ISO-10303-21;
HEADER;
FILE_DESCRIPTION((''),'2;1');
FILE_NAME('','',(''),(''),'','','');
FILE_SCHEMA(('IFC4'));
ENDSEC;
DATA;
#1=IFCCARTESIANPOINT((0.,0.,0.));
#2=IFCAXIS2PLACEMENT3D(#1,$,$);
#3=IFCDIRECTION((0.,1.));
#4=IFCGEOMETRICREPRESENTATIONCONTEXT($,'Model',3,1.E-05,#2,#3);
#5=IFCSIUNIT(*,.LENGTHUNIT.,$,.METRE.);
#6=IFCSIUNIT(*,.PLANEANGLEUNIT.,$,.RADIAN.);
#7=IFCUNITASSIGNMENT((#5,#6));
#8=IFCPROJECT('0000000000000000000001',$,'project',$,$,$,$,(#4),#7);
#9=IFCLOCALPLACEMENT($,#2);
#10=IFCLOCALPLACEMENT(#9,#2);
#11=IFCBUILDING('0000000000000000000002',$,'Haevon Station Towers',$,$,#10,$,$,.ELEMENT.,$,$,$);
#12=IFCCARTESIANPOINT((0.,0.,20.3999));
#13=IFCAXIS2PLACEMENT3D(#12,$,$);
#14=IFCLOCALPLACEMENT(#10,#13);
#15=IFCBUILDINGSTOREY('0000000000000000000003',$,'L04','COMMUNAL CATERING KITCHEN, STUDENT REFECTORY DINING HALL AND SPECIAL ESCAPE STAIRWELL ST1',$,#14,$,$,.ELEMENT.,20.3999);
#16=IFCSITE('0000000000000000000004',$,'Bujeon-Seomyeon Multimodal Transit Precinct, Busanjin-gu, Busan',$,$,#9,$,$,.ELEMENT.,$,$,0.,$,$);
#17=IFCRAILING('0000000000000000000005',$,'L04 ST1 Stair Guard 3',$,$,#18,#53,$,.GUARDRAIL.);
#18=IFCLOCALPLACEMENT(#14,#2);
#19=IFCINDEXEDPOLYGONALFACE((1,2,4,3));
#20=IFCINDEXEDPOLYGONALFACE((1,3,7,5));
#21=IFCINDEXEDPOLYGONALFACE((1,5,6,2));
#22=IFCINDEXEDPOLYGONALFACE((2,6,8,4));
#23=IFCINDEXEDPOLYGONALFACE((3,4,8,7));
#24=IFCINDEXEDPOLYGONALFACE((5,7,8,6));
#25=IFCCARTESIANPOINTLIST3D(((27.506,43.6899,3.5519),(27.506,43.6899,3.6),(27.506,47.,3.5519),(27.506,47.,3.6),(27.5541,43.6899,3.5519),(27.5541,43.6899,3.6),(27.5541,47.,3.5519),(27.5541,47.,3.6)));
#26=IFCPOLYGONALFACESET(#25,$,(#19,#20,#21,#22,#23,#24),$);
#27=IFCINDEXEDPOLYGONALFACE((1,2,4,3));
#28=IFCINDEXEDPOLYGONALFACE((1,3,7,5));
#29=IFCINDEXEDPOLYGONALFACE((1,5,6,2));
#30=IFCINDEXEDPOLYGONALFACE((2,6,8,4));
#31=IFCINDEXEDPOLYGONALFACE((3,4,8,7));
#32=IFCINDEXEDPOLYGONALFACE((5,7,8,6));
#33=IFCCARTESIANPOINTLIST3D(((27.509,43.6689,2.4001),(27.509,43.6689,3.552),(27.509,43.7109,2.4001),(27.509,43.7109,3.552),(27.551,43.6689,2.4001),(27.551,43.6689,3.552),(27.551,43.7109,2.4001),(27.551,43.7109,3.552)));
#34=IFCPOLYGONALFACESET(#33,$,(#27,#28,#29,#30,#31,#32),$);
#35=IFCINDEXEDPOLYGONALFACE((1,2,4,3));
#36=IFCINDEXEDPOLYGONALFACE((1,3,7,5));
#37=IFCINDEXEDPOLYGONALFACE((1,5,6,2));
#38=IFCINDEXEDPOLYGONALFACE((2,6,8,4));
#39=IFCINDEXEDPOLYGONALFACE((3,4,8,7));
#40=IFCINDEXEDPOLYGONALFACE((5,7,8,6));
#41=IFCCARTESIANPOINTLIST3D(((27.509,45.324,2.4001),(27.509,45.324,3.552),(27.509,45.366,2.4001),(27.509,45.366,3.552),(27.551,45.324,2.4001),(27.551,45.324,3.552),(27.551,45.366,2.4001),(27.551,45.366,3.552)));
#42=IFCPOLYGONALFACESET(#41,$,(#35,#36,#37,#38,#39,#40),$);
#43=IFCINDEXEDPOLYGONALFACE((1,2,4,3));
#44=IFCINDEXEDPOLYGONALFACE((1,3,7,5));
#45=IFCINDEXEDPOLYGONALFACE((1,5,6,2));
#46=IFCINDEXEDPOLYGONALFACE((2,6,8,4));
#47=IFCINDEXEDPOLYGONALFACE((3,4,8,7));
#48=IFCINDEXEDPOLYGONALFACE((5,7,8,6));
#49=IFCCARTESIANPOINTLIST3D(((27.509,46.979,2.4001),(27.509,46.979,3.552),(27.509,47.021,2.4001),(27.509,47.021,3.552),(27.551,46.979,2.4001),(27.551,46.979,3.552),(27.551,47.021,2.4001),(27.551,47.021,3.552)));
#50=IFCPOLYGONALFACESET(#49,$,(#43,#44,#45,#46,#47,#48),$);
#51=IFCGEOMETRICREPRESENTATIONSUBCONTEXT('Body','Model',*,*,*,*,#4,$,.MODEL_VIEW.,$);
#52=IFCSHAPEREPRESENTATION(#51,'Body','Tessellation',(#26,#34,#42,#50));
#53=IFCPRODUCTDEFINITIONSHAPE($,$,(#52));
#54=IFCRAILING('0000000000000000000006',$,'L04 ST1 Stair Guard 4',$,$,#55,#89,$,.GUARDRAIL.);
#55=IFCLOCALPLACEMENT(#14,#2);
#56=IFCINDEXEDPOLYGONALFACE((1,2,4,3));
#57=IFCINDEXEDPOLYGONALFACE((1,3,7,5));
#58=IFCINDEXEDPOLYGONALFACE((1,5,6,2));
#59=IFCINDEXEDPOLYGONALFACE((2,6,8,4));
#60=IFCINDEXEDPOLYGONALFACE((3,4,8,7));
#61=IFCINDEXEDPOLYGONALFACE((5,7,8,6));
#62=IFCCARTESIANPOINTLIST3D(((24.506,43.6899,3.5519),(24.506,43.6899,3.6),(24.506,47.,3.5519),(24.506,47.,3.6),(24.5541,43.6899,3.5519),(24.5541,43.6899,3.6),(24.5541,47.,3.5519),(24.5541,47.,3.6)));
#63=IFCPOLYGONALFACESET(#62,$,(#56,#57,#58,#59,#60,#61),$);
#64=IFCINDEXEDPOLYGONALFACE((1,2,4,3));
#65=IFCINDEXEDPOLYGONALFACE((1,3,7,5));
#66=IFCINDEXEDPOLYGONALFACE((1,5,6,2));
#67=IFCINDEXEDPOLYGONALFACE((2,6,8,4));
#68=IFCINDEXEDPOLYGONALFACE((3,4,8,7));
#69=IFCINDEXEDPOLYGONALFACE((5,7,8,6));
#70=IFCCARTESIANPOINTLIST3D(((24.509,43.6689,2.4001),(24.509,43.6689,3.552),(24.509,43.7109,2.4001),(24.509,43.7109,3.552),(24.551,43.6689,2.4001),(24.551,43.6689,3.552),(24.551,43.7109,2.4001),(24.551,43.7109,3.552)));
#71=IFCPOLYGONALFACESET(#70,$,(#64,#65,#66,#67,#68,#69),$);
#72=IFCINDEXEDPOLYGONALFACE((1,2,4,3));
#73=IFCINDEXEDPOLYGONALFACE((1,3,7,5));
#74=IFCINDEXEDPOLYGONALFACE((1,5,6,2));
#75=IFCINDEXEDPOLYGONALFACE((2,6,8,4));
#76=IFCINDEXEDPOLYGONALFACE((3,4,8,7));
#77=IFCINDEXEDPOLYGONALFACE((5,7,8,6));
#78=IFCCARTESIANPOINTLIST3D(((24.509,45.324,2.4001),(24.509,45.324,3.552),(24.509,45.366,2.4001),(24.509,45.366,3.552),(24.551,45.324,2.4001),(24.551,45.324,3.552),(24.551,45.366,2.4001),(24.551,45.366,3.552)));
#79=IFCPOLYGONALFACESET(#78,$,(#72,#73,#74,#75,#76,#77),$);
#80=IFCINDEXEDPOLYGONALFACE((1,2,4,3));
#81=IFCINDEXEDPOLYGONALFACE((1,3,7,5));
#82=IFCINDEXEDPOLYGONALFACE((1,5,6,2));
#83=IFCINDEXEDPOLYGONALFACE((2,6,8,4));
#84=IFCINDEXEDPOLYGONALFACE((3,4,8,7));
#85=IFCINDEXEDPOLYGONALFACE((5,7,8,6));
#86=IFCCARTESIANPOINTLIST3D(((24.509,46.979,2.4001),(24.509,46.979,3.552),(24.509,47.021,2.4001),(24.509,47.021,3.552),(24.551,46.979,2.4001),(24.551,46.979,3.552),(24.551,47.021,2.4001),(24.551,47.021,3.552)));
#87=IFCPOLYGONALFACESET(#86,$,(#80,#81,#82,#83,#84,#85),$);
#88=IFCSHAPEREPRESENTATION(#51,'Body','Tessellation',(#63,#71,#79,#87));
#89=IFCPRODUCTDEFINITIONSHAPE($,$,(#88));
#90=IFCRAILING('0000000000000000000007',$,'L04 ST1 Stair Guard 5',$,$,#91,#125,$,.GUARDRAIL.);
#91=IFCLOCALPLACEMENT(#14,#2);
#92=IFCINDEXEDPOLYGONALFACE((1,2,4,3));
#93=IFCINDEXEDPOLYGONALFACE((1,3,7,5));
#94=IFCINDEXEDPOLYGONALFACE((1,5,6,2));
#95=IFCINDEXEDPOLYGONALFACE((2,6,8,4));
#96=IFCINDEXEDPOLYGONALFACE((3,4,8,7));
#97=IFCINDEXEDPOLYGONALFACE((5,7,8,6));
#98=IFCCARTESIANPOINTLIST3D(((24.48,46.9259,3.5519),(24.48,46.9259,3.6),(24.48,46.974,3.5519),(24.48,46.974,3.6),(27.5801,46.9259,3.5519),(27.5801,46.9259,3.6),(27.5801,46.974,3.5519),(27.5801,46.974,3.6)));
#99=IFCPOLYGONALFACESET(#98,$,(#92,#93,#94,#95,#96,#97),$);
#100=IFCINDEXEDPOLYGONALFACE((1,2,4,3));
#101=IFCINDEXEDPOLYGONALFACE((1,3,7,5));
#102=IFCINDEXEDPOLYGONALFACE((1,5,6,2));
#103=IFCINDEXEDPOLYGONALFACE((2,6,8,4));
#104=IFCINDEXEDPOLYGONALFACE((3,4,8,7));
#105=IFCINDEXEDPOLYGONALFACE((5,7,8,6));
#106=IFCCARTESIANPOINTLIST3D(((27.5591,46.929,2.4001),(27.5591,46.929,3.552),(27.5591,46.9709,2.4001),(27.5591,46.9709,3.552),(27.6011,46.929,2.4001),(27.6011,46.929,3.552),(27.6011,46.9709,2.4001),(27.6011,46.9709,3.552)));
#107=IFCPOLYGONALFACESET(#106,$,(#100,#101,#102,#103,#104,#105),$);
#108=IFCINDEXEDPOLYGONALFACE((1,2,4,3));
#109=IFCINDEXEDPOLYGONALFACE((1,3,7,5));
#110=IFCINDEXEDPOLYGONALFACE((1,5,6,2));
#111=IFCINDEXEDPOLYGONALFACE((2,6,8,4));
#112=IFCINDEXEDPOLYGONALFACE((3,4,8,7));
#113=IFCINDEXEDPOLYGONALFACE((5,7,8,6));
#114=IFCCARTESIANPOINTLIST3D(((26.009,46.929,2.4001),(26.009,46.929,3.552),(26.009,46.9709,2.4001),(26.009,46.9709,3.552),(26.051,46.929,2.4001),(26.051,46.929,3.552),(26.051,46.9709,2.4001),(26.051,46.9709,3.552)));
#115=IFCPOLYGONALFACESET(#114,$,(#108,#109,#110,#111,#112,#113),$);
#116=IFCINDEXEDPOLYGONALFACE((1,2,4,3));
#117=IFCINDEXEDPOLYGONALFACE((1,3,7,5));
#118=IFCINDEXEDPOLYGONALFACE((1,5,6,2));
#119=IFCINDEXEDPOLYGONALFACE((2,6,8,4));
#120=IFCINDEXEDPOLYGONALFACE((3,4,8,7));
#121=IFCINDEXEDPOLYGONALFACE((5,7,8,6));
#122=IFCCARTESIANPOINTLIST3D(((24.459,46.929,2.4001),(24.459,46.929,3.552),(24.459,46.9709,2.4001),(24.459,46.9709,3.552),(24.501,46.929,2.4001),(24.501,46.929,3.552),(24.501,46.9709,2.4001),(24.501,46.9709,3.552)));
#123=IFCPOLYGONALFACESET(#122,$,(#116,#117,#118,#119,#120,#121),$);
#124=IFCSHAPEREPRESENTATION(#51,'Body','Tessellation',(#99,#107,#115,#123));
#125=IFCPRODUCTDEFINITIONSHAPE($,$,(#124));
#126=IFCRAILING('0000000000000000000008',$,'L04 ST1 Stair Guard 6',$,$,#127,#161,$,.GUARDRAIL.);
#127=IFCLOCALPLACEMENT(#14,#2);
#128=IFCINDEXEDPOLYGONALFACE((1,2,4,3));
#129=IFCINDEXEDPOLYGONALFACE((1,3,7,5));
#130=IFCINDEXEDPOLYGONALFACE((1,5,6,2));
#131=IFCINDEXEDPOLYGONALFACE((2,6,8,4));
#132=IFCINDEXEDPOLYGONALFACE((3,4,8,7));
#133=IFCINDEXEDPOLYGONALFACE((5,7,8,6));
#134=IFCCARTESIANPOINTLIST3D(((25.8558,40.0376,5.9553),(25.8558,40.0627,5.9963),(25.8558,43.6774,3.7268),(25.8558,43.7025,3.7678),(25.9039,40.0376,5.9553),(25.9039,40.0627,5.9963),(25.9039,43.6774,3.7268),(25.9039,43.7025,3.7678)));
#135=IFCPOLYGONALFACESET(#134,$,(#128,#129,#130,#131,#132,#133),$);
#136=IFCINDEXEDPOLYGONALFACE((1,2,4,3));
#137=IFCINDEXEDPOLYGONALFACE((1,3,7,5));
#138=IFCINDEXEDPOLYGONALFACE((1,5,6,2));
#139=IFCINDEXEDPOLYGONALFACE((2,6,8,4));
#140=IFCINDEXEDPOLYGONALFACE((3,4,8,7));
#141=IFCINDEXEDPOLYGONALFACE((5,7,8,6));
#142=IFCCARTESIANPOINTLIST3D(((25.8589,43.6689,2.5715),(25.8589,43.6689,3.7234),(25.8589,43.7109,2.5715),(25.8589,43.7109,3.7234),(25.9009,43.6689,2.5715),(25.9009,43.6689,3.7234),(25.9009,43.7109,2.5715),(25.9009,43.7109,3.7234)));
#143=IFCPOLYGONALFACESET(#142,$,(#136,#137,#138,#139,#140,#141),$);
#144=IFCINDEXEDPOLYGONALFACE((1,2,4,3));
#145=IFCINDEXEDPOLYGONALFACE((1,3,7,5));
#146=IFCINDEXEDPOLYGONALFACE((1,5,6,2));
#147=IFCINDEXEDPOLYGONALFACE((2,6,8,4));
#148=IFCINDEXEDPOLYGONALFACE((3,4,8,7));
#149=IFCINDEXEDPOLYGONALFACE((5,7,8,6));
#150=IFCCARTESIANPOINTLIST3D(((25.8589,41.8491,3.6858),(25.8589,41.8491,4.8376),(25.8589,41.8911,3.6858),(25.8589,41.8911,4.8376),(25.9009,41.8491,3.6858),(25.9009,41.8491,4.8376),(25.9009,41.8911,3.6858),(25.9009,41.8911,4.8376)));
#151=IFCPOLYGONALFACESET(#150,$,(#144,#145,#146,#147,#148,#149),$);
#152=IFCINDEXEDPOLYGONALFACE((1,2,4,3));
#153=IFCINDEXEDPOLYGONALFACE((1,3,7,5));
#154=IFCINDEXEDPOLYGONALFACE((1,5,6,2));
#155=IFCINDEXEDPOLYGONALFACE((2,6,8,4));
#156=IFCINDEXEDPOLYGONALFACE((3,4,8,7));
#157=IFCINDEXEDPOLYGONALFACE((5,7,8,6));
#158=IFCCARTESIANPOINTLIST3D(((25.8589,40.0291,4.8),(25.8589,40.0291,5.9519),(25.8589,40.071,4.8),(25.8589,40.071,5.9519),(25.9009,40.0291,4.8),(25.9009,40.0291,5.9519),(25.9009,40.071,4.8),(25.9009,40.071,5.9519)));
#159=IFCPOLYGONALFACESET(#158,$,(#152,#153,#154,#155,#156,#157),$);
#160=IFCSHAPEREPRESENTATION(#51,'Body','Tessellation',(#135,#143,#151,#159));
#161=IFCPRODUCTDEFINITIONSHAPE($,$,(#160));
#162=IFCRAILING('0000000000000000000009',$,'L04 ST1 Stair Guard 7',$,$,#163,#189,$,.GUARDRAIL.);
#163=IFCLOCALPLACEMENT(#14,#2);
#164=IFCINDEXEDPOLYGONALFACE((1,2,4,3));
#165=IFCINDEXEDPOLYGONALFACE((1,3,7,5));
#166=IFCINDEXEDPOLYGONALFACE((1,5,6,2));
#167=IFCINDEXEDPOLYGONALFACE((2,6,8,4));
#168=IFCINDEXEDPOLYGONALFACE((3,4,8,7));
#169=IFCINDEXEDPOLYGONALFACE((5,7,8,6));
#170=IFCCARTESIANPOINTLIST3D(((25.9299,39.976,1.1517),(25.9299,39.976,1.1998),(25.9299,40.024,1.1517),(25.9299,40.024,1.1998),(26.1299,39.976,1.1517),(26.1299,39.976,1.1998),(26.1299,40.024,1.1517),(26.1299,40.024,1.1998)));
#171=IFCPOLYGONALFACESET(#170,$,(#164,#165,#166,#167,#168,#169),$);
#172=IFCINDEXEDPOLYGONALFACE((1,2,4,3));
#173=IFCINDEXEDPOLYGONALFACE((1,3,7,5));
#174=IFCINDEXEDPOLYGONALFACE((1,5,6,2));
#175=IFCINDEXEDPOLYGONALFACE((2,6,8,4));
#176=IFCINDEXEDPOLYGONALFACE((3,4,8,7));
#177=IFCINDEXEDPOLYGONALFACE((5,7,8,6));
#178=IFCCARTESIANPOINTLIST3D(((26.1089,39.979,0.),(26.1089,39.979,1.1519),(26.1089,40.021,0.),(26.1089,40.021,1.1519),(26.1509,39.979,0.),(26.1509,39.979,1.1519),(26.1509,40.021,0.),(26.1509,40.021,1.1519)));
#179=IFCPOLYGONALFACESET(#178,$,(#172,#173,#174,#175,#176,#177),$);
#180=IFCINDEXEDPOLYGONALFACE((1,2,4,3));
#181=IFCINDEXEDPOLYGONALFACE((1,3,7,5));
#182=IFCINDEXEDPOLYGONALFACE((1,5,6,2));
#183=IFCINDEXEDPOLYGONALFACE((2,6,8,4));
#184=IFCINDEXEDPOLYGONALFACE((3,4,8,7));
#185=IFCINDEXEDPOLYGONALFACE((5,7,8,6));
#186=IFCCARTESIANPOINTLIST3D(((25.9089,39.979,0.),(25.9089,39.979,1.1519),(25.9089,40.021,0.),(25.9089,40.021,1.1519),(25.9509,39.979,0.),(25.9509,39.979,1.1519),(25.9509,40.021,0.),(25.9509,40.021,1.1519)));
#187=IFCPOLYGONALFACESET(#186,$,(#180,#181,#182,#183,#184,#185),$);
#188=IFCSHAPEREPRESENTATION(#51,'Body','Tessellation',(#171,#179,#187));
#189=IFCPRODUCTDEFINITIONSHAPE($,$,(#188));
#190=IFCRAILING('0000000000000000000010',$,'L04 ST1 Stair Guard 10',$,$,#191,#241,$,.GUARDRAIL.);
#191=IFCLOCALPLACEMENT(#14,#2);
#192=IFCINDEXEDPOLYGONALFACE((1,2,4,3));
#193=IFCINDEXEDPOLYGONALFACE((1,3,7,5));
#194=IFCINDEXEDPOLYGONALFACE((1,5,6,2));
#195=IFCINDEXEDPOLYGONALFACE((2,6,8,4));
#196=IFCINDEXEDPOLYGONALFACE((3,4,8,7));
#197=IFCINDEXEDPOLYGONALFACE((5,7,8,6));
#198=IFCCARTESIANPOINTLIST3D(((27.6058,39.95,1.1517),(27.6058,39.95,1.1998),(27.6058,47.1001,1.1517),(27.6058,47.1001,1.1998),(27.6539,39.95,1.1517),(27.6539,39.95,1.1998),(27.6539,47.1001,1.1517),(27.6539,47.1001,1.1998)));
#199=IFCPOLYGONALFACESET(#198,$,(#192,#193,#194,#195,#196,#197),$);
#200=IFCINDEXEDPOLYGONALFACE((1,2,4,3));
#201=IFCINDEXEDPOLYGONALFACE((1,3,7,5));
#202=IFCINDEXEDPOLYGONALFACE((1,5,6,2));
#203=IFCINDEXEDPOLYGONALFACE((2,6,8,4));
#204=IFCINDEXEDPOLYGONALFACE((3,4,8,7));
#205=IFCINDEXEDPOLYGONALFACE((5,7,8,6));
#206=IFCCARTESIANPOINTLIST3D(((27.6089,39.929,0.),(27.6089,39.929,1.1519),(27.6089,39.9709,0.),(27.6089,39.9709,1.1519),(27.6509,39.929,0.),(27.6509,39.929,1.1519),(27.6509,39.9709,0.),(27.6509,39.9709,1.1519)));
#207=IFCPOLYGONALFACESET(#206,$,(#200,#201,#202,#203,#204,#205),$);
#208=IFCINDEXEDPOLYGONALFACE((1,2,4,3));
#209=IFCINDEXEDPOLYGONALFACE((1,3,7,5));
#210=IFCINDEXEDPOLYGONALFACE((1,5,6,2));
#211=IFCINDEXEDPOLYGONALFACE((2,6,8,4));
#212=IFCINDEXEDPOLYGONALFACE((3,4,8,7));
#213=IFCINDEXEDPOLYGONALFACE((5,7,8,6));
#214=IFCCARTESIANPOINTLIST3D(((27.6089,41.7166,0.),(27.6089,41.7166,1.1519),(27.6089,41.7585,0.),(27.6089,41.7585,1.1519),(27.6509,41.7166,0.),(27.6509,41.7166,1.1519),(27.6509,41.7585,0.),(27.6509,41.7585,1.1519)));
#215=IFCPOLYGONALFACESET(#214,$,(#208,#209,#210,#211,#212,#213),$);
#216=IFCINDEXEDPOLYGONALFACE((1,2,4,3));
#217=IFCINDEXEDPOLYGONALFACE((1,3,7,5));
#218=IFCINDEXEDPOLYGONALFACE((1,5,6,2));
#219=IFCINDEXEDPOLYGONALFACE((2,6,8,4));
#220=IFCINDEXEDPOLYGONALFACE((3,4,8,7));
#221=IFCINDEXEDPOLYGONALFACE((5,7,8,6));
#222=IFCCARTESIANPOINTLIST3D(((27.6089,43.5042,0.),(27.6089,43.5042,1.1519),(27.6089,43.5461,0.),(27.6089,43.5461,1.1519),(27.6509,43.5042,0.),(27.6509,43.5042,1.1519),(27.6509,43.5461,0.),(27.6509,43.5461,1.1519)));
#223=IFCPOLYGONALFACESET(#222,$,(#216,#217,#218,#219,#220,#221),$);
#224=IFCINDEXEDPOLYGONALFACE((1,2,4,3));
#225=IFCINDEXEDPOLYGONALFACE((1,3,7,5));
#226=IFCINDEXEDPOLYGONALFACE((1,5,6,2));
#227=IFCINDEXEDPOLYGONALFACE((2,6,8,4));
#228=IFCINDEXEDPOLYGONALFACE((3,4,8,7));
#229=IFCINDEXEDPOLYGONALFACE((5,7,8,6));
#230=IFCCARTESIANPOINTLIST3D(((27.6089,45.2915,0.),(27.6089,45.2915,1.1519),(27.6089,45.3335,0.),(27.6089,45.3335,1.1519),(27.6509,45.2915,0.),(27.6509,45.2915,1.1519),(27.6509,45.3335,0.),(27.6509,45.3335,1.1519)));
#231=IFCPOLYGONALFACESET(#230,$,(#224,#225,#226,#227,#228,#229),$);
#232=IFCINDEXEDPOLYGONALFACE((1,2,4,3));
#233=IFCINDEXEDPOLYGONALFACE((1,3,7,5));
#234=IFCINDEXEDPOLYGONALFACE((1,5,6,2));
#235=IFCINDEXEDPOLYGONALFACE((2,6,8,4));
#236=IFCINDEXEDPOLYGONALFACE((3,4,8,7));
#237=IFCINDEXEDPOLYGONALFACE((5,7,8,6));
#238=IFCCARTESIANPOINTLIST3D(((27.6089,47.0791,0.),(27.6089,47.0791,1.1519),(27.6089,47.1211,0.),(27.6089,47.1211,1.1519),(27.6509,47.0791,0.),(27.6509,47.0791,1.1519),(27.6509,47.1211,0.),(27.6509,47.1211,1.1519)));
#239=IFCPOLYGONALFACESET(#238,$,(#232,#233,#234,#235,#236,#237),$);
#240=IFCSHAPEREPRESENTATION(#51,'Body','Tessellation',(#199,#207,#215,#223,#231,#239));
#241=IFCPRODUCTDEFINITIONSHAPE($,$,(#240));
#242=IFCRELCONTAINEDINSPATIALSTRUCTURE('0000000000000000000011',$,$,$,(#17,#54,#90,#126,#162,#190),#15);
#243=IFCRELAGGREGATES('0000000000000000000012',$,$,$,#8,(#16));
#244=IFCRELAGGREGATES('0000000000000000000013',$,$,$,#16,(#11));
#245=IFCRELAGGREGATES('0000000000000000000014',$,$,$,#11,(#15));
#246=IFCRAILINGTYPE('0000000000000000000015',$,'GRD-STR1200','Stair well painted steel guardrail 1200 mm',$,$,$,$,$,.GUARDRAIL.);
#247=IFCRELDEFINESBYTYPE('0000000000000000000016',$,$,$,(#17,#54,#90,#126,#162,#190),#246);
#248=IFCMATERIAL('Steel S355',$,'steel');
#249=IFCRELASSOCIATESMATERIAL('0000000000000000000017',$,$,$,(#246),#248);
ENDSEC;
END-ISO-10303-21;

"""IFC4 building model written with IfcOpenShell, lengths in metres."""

from ifc_helpers import new_model, si_unit, direction, frame, origin, origin_2d, place, context, subcontext, project, spatial, rectangle, extrude, material, type_object, element, save


model = new_model("IFC4")

# Units and contexts
model_context = context("Model", 3, precision=1e-05, world=origin(), true_north=direction((0.0, 1.0)))
body_context = subcontext(model_context, "Body", "Model", "MODEL_VIEW")
ifc_project = project(units=[si_unit("LENGTHUNIT", "METRE"), si_unit("PLANEANGLEUNIT", "RADIAN")], contexts=[model_context])

# Site, building, storey
site_placement = place(None, origin())
site = spatial("IfcSite", under=ifc_project, at=site_placement, Name="Bujeon-Seomyeon Multimodal Transit Precinct, Busanjin-gu, Busan", CompositionType="ELEMENT", RefElevation=0.0)
building_placement = place(site_placement, origin())
building = spatial("IfcBuilding", under=site, at=building_placement, Name="Haevon Station Towers", CompositionType="ELEMENT")
storey_placement = place(building_placement, frame((0.0, 0.0, 20.3999)))
storey = spatial("IfcBuildingStorey", under=building, at=storey_placement, Name="L04", Description="COMMUNAL CATERING KITCHEN, STUDENT REFECTORY DINING HALL AND SPECIAL ESCAPE STAIRWELL ST1", CompositionType="ELEMENT", Elevation=20.3999)

# Shared definitions
ifc_material_1 = material(Name="Steel S355", Category="steel")

# Railings
railing_type_1 = type_object("IfcRailingType", Name="GRD-STR1200", Description="Stair well painted steel guardrail 1200 mm", PredefinedType="GUARDRAIL", material=ifc_material_1)
for number, where, name in (
    (1, (27.53, 43.6899, 2.4001), "L04 ST1 Stair Guard 3"),
    (2, (24.53, 43.6899, 2.4001), "L04 ST1 Stair Guard 4"),
):
    element("IfcRailing", number, at=place(storey_placement, frame(where)), inside=storey, type_object=railing_type_1, Name=name, PredefinedType="GUARDRAIL", context=body_context, shape_type="SweptSolid", body=[
        extrude(rectangle(XDim=0.0481, YDim=0.0481, at=origin_2d()), frame((0.0, 0.0, 1.1758), z_axis=(0.0, 1.0, 0.0), x_axis=(-1.0, 0.0, 0.0)), (0.0, 0.0, 1.0), 3.3101),
        extrude(rectangle(XDim=0.042, YDim=0.042, at=origin_2d()), origin(), (0.0, 0.0, 1.0), 1.1519),
        extrude(rectangle(XDim=0.042, YDim=0.042, at=origin_2d()), frame((0.0, 1.655, 0.0)), (0.0, 0.0, 1.0), 1.1519),
        extrude(rectangle(XDim=0.042, YDim=0.042, at=origin_2d()), frame((0.0, 3.3101, 0.0)), (0.0, 0.0, 1.0), 1.1519),
    ])
railing_1_placement = place(storey_placement, frame((27.5801, 46.95, 2.4001)))
element("IfcRailing", 3, at=railing_1_placement, inside=storey, type_object=railing_type_1, Name="L04 ST1 Stair Guard 5", PredefinedType="GUARDRAIL", context=body_context, shape_type="SweptSolid", body=[
    extrude(rectangle(XDim=0.0481, YDim=0.0481, at=origin_2d()), frame((0.0, 0.0, 1.1758), z_axis=(-1.0, 0.0, 0.0), x_axis=(0.0, -1.0, 0.0)), (0.0, 0.0, 1.0), 3.1001),
    extrude(rectangle(XDim=0.042, YDim=0.042, at=origin_2d()), origin(), (0.0, 0.0, 1.0), 1.1519),
    extrude(rectangle(XDim=0.042, YDim=0.042, at=origin_2d()), frame((-1.55, 0.0, 0.0)), (0.0, 0.0, 1.0), 1.1519),
    extrude(rectangle(XDim=0.042, YDim=0.042, at=origin_2d()), frame((-3.1001, 0.0, 0.0)), (0.0, 0.0, 1.0), 1.1519),
])
railing_2_placement = place(storey_placement, frame((25.8799, 43.6899, 2.5715)))
element("IfcRailing", 4, at=railing_2_placement, inside=storey, type_object=railing_type_1, Name="L04 ST1 Stair Guard 6", PredefinedType="GUARDRAIL", context=body_context, shape_type="SweptSolid", body=[
    extrude(rectangle(XDim=0.0481, YDim=0.0481, at=origin_2d()), frame((0.0, 0.0, 1.1758), z_axis=(0.0, -0.85285, 0.522156), x_axis=(1.0, 0.0, 0.0)), (0.0, 0.0, 1.0), 4.2678),
    extrude(rectangle(XDim=0.042, YDim=0.042, at=origin_2d()), origin(), (0.0, 0.0, 1.0), 1.1519),
    extrude(rectangle(XDim=0.042, YDim=0.042, at=origin_2d()), frame((0.0, -1.8198, 1.1143)), (0.0, 0.0, 1.0), 1.1519),
    extrude(rectangle(XDim=0.042, YDim=0.042, at=origin_2d()), frame((0.0, -3.6399, 2.2285)), (0.0, 0.0, 1.0), 1.1519),
])
railing_3_placement = place(storey_placement, frame((26.1299, 40.0, 0.0)))
element("IfcRailing", 5, at=railing_3_placement, inside=storey, type_object=railing_type_1, Name="L04 ST1 Stair Guard 7", PredefinedType="GUARDRAIL", context=body_context, shape_type="SweptSolid", body=[
    extrude(rectangle(XDim=0.0481, YDim=0.0481, at=origin_2d()), frame((0.0, 0.0, 1.1758), z_axis=(-1.0, 0.0, 0.0), x_axis=(0.0, -1.0, 0.0)), (0.0, 0.0, 1.0), 0.2),
    extrude(rectangle(XDim=0.042, YDim=0.042, at=origin_2d()), origin(), (0.0, 0.0, 1.0), 1.1519),
    extrude(rectangle(XDim=0.042, YDim=0.042, at=origin_2d()), frame((-0.2, 0.0, 0.0)), (0.0, 0.0, 1.0), 1.1519),
])
railing_4_placement = place(storey_placement, frame((27.6299, 39.95, 0.0)))
element("IfcRailing", 6, at=railing_4_placement, inside=storey, type_object=railing_type_1, Name="L04 ST1 Stair Guard 10", PredefinedType="GUARDRAIL", context=body_context, shape_type="SweptSolid", body=[
    extrude(rectangle(XDim=0.0481, YDim=0.0481, at=origin_2d()), frame((0.0, 0.0, 1.1758), z_axis=(0.0, 1.0, 0.0), x_axis=(-1.0, 0.0, 0.0)), (0.0, 0.0, 1.0), 7.1501),
    extrude(rectangle(XDim=0.042, YDim=0.042, at=origin_2d()), origin(), (0.0, 0.0, 1.0), 1.1519),
    extrude(rectangle(XDim=0.042, YDim=0.042, at=origin_2d()), frame((0.0, 1.7876, 0.0)), (0.0, 0.0, 1.0), 1.1519),
    extrude(rectangle(XDim=0.042, YDim=0.042, at=origin_2d()), frame((0.0, 3.5752, 0.0)), (0.0, 0.0, 1.0), 1.1519),
    extrude(rectangle(XDim=0.042, YDim=0.042, at=origin_2d()), frame((0.0, 5.3625, 0.0)), (0.0, 0.0, 1.0), 1.1519),
    extrude(rectangle(XDim=0.042, YDim=0.042, at=origin_2d()), frame((0.0, 7.1501, 0.0)), (0.0, 0.0, 1.0), 1.1519),
])

save(model, "model.ifc")
